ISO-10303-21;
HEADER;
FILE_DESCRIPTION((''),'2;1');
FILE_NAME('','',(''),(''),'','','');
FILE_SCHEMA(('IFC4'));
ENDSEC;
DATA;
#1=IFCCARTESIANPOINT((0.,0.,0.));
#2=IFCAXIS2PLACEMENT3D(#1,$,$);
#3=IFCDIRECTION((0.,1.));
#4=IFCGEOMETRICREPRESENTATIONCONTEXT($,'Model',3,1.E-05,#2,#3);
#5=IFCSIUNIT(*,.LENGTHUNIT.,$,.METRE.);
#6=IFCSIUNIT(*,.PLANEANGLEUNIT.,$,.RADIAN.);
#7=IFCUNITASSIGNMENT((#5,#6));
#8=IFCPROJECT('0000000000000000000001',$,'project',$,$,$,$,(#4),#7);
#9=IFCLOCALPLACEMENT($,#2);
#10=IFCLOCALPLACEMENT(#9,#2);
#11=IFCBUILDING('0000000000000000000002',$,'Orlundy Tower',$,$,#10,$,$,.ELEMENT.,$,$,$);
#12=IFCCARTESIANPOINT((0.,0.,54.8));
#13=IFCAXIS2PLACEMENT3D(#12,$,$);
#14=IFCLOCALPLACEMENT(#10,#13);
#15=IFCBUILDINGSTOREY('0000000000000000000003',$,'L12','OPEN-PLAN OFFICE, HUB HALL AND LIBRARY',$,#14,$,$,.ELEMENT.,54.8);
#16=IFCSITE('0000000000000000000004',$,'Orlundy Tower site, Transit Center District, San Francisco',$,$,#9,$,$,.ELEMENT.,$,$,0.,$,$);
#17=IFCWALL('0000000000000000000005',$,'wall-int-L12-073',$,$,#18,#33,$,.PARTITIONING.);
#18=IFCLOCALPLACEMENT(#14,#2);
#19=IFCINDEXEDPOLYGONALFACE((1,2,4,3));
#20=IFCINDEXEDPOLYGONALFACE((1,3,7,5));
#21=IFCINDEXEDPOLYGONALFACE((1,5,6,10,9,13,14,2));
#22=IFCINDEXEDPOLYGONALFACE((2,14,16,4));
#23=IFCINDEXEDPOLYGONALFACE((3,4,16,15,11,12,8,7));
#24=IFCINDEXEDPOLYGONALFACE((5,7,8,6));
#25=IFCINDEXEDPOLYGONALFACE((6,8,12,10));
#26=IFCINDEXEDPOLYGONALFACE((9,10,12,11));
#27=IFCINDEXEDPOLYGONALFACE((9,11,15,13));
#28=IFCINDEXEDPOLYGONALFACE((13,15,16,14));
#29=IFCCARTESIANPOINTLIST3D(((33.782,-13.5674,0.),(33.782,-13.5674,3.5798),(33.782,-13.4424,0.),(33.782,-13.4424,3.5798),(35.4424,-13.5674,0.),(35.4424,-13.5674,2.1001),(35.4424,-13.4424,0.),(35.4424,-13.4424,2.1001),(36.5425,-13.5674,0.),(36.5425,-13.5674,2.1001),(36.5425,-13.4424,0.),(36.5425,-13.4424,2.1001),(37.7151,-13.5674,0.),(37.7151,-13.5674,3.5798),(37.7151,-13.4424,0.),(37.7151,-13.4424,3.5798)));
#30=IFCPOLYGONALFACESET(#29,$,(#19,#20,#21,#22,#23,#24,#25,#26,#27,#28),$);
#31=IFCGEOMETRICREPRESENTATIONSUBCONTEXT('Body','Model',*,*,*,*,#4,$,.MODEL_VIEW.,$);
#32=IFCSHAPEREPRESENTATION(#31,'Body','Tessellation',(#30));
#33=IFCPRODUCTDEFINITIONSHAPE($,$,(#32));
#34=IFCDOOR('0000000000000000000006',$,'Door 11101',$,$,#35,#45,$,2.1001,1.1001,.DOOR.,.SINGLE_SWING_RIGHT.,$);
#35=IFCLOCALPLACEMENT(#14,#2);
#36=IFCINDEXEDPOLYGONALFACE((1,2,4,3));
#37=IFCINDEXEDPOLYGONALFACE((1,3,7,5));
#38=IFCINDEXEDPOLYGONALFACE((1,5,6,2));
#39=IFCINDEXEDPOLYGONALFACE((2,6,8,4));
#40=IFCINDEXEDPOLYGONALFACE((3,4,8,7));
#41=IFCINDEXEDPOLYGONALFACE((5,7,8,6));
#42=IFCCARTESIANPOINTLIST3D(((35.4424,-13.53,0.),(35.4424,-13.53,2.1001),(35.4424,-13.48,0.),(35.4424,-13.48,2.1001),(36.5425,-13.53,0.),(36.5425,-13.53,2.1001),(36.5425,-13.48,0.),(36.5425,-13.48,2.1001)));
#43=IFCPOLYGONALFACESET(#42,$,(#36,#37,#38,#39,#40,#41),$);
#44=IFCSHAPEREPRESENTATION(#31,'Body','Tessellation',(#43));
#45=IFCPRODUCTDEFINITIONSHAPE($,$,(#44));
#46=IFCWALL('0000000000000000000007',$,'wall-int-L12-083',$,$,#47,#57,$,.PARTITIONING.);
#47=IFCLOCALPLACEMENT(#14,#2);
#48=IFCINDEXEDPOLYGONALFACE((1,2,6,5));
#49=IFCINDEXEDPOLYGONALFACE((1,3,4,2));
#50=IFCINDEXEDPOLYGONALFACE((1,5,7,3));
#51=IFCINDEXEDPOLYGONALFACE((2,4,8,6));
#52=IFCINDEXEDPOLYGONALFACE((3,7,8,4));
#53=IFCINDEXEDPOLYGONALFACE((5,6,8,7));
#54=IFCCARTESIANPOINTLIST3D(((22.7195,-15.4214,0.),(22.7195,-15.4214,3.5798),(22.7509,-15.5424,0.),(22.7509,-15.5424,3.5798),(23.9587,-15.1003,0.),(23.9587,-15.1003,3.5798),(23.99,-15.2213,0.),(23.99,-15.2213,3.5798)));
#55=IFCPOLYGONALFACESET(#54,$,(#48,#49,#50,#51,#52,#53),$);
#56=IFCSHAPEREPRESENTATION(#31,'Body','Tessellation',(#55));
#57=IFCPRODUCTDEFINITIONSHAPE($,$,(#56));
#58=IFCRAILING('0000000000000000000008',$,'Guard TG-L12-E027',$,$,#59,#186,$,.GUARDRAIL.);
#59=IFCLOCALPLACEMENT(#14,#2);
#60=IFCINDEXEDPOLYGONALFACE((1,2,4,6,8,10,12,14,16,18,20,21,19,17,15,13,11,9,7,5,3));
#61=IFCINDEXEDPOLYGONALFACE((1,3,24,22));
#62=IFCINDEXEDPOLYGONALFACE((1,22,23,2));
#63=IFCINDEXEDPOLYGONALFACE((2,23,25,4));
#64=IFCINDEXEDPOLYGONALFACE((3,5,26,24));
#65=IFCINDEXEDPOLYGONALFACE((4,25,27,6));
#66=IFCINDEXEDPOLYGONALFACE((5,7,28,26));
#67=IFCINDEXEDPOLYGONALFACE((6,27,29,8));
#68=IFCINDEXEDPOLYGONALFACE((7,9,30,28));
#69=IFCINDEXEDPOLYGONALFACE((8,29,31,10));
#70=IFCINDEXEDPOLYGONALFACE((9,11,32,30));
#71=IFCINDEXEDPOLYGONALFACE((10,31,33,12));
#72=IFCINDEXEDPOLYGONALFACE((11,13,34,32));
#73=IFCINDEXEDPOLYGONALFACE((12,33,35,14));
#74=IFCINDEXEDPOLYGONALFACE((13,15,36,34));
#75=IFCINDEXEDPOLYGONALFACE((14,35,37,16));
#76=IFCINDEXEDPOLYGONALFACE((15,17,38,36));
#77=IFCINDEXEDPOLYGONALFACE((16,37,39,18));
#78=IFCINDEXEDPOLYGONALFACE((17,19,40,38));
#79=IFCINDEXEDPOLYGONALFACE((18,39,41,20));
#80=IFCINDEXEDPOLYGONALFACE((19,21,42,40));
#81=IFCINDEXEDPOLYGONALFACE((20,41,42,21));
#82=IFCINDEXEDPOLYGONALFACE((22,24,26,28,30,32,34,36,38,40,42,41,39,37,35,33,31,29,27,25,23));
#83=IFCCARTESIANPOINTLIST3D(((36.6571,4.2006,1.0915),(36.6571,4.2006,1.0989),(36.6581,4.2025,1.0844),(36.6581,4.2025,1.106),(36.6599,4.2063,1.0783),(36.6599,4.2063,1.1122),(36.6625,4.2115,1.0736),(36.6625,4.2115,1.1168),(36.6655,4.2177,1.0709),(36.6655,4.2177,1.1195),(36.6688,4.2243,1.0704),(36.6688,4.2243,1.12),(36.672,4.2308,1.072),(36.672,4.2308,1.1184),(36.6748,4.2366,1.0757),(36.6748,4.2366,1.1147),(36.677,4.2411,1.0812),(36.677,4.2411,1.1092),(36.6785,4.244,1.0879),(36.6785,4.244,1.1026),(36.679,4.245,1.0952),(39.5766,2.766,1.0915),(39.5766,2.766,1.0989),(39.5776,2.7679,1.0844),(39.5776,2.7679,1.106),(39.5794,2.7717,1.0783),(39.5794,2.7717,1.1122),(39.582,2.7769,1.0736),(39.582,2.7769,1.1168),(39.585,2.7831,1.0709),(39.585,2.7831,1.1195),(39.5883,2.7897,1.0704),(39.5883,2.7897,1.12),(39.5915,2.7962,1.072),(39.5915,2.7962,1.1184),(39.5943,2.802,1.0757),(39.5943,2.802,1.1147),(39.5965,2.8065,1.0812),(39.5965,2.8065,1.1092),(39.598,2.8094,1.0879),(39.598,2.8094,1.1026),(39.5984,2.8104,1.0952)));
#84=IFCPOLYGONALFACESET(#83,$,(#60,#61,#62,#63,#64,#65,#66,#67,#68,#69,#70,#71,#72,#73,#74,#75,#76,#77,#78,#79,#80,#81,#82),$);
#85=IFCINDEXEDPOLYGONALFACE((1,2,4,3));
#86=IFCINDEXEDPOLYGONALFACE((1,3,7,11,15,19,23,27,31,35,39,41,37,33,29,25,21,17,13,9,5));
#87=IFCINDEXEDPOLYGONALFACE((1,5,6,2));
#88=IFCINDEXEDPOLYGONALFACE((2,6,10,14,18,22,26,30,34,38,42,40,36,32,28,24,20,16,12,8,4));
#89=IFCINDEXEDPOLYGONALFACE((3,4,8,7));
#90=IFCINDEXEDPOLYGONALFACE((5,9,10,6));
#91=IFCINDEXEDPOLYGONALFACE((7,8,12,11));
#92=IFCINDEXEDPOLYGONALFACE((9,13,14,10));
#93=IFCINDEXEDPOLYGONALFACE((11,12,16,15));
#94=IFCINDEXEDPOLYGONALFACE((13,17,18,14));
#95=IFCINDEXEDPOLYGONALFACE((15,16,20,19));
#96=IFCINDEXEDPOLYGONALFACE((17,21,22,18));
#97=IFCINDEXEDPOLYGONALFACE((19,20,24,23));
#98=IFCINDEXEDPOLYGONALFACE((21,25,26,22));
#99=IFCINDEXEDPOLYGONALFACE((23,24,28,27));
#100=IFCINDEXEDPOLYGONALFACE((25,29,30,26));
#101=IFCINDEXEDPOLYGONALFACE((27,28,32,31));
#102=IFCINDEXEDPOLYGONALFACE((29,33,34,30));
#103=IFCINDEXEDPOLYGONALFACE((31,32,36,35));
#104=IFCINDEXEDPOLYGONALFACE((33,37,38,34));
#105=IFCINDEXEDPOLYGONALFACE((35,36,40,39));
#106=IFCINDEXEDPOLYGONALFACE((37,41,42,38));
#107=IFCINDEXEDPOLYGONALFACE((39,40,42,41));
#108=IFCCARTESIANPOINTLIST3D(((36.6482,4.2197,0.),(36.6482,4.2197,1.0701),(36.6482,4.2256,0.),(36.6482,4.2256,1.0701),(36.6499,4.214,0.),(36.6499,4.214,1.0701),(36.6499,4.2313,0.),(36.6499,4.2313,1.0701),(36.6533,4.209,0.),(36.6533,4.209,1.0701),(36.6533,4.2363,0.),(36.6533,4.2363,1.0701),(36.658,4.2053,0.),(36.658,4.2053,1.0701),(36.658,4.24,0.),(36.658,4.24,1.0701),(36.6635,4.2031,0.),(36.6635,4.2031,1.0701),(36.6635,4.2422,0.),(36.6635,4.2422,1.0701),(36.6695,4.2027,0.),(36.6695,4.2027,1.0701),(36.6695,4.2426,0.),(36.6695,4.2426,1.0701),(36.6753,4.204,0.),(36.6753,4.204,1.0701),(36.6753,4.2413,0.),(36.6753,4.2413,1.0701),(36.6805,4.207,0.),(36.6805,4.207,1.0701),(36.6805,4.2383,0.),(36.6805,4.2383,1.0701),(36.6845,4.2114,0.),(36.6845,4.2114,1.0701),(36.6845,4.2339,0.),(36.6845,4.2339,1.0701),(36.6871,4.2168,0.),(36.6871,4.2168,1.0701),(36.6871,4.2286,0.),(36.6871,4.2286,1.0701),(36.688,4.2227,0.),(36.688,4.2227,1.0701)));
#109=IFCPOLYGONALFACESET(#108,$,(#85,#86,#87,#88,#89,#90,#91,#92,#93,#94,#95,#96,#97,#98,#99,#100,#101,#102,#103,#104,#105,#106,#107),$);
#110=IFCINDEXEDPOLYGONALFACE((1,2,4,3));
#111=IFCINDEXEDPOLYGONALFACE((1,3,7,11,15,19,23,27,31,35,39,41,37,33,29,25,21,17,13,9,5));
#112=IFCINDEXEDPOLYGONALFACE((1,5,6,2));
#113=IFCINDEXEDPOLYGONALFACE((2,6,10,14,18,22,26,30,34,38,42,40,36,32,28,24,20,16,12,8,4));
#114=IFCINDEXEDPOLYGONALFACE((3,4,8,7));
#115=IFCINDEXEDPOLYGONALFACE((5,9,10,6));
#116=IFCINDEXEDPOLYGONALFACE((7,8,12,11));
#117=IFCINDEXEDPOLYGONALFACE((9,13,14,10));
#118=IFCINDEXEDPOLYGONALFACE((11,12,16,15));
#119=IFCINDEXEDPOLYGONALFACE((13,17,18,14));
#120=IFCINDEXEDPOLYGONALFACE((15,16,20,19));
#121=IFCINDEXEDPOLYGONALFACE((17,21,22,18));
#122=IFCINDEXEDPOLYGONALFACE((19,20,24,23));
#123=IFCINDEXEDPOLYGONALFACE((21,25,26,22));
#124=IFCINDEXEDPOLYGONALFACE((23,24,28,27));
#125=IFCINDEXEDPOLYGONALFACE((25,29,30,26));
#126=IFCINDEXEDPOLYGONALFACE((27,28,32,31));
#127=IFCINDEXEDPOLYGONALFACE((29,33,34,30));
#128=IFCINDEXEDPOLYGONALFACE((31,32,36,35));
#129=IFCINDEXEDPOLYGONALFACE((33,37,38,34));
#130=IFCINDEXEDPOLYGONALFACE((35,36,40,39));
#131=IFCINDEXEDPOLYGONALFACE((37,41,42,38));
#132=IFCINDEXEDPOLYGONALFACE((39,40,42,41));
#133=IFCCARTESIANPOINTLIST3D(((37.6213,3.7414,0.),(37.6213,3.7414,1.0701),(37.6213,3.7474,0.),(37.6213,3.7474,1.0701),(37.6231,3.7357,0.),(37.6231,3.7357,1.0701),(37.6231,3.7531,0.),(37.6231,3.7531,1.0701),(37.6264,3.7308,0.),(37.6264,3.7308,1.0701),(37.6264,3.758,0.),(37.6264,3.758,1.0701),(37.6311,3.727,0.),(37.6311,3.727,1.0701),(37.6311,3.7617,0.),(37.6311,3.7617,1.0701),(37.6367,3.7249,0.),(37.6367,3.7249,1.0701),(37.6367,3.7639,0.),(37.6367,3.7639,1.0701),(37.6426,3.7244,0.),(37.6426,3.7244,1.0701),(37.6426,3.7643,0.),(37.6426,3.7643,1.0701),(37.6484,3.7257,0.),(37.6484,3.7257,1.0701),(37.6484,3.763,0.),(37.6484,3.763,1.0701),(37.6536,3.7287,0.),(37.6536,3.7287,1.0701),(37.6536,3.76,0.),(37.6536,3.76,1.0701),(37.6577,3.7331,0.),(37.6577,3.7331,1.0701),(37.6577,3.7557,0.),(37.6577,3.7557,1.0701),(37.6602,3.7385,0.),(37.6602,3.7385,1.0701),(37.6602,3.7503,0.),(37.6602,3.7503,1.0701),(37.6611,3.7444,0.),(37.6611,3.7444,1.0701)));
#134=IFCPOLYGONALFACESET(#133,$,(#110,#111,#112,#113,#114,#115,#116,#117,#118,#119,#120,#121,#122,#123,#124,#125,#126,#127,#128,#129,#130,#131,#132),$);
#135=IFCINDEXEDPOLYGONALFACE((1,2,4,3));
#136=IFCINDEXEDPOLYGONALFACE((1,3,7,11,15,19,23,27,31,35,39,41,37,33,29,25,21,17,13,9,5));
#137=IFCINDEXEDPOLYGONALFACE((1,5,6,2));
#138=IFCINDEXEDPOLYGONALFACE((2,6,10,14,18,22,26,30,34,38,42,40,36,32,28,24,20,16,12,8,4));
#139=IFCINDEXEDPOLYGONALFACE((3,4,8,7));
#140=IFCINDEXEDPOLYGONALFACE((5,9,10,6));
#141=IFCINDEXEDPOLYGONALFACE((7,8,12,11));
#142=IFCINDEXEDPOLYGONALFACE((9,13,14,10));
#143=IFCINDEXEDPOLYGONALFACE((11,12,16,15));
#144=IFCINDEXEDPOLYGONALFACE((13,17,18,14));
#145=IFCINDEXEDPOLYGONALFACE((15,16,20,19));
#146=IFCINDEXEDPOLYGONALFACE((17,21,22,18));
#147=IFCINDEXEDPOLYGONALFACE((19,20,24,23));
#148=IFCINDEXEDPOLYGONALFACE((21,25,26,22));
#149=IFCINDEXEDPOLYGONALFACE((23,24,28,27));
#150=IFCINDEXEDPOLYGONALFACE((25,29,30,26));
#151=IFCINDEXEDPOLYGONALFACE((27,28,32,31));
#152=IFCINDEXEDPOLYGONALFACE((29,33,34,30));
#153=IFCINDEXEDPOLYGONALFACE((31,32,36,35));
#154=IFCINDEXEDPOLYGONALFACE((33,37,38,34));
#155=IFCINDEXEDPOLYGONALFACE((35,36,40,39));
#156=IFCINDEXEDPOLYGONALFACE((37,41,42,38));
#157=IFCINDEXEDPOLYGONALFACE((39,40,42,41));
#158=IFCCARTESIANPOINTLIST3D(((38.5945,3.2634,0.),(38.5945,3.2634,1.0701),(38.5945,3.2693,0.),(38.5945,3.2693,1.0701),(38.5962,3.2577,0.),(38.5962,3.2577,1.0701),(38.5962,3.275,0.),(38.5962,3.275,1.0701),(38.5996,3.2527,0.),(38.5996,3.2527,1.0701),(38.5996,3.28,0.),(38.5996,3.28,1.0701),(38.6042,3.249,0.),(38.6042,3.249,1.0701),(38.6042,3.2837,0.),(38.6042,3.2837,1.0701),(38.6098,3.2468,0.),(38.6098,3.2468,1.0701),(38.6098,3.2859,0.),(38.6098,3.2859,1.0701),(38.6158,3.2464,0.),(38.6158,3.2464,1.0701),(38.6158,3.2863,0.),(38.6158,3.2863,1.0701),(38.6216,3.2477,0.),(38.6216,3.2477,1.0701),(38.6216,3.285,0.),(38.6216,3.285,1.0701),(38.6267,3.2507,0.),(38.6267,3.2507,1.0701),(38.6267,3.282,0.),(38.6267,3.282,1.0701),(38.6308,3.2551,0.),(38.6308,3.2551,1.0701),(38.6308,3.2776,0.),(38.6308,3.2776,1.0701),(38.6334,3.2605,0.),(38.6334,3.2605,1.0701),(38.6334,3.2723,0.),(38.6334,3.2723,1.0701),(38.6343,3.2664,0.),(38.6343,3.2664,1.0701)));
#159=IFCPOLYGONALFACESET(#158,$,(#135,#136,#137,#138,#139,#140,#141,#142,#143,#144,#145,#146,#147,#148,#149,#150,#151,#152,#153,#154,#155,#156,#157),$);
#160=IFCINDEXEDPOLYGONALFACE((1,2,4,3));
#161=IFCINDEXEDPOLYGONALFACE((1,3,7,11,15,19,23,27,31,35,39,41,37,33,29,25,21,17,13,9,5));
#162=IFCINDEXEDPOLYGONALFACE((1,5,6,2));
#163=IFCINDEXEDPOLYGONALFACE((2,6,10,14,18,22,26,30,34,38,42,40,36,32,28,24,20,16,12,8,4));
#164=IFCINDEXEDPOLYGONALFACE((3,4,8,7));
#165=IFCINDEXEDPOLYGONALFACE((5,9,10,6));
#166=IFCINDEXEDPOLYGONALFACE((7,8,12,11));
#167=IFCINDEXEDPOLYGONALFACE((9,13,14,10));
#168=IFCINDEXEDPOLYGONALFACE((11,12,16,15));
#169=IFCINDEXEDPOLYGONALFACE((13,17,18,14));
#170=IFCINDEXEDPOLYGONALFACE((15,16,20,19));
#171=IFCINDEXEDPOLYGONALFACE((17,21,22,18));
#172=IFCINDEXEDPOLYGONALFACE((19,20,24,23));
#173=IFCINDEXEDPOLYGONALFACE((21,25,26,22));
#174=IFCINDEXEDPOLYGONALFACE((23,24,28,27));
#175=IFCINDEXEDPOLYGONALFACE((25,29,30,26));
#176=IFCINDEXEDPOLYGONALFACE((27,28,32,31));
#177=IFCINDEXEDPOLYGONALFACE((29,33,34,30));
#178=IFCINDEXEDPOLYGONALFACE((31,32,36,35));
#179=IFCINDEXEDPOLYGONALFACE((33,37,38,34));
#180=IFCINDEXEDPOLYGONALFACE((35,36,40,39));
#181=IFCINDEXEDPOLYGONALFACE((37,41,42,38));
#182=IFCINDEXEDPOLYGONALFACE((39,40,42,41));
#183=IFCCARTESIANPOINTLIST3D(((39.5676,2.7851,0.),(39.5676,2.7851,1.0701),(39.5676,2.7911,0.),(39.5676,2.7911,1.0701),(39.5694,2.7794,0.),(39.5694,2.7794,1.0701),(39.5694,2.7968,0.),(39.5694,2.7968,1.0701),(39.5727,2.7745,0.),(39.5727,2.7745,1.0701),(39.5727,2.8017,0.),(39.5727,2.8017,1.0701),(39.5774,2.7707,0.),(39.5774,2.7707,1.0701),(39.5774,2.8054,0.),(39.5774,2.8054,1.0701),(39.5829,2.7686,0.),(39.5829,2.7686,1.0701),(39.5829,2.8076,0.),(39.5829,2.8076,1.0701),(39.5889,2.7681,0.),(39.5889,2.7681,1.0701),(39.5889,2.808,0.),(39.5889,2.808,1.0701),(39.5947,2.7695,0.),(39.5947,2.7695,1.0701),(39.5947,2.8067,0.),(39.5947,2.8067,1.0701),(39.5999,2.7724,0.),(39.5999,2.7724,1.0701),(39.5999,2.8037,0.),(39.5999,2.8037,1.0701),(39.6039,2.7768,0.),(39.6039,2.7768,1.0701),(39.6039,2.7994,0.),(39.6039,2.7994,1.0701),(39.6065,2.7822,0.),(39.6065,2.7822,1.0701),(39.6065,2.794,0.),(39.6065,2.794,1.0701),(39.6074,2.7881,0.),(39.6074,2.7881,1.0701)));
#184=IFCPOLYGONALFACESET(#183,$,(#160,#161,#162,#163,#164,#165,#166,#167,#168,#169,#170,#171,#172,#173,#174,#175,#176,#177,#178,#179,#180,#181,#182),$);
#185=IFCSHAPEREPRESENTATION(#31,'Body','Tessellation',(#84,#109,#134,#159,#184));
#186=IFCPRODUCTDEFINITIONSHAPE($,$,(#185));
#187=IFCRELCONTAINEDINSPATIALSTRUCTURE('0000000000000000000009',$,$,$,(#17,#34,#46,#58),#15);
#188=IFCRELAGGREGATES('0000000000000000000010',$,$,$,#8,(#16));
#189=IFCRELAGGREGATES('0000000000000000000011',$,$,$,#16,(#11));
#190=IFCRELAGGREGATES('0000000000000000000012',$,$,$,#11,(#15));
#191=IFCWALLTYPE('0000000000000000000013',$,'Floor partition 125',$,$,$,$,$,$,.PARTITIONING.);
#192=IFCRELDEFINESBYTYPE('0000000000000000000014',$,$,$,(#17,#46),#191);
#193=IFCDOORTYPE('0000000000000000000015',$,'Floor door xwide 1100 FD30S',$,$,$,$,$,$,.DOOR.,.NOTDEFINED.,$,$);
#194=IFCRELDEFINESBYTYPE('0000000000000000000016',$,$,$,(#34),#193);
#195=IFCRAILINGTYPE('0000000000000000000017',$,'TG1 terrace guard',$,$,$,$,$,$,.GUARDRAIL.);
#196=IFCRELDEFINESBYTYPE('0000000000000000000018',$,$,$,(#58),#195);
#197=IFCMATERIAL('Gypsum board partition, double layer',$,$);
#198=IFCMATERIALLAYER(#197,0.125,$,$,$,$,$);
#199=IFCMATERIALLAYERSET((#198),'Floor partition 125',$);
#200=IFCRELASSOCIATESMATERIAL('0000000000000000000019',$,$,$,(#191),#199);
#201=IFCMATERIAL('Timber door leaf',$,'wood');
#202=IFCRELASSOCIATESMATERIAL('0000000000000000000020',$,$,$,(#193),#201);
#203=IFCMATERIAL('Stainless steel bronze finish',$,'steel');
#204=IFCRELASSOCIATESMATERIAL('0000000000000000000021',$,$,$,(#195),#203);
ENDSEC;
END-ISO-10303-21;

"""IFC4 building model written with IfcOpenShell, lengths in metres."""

from ifc_helpers import new_model, si_unit, direction, frame, frame_2d, origin, origin_2d, place, context, subcontext, project, spatial, rectangle, circle, extrude, material, layer, layer_set, type_object, element, fill, save


model = new_model("IFC4")

# Units and contexts
model_context = context("Model", 3, precision=1e-05, world=origin(), true_north=direction((0.0, 1.0)))
body_context = subcontext(model_context, "Body", "Model", "MODEL_VIEW")
ifc_project = project(units=[si_unit("LENGTHUNIT", "METRE"), si_unit("PLANEANGLEUNIT", "RADIAN")], contexts=[model_context])

# Site, building, storey
site_placement = place(None, origin())
site = spatial("IfcSite", under=ifc_project, at=site_placement, Name="Orlundy Tower site, Transit Center District, San Francisco", CompositionType="ELEMENT", RefElevation=0.0)
building_placement = place(site_placement, origin())
building = spatial("IfcBuilding", under=site, at=building_placement, Name="Orlundy Tower", CompositionType="ELEMENT")
storey_placement = place(building_placement, frame((0.0, 0.0, 54.8)))
storey = spatial("IfcBuildingStorey", under=building, at=storey_placement, Name="L12", Description="OPEN-PLAN OFFICE, HUB HALL AND LIBRARY", CompositionType="ELEMENT", Elevation=54.8)

# Shared definitions
ifc_material_1 = material(Name="Gypsum board partition, double layer")
ifc_layer_1 = layer(ifc_material_1, 0.125)
ifc_layer_set_1 = layer_set([ifc_layer_1], Name="Floor partition 125")
wall_type_1 = type_object("IfcWallType", Name="Floor partition 125", PredefinedType="PARTITIONING", material=ifc_layer_set_1)

# Wall, opening, door
wall_1_placement = place(storey_placement, frame((33.782, -13.5049, 0.0), z_axis=(0.0, 0.0, 1.0), x_axis=(1.0, 0.0, 0.0)))
wall_1 = element("IfcWall", 1, at=wall_1_placement, inside=storey, type_object=wall_type_1, Name="wall-int-L12-073", PredefinedType="PARTITIONING", context=body_context, shape_type="SweptSolid", body=[
    extrude(rectangle(XDim=3.9331, YDim=0.125, at=frame_2d((1.9666, 0.0))), origin(), (0.0, 0.0, 1.0), 3.5798),
])
opening_placement = place(wall_1_placement, frame((1.6604, 0.0, 0.0)))
opening = element("IfcOpeningElement", 2, at=opening_placement, cuts=wall_1, PredefinedType="OPENING", context=body_context, shape_type="SweptSolid", body=[
    extrude(rectangle(XDim=1.1001, YDim=2.1001, at=frame_2d((0.55, 1.05))), frame((0.0, 0.0725, 0.0), z_axis=(0.0, -1.0, 0.0), x_axis=(1.0, 0.0, 0.0)), (0.0, 0.0, 1.0), 0.145),
])
ifc_material_2 = material(Name="Timber door leaf", Category="wood")
door_type = type_object("IfcDoorType", Name="Floor door xwide 1100 FD30S", OperationType="NOTDEFINED", PredefinedType="DOOR", material=ifc_material_2)
door_placement = place(opening_placement, origin())
door = element("IfcDoor", 3, at=door_placement, inside=storey, type_object=door_type, Name="Door 11101", OperationType="SINGLE_SWING_RIGHT", OverallHeight=2.1001, OverallWidth=1.1001, PredefinedType="DOOR", context=body_context, shape_type="SweptSolid", body=[
    extrude(rectangle(XDim=1.1001, YDim=2.1001, at=frame_2d((0.55, 1.05))), frame((0.0, 0.0249, 0.0), z_axis=(0.0, -1.0, 0.0), x_axis=(1.0, 0.0, 0.0)), (0.0, 0.0, 1.0), 0.05),
])
fill(opening, door)

# Wall
wall_2_placement = place(storey_placement, frame((22.7351, -15.4819, 0.0), z_axis=(0.0, 0.0, 1.0), x_axis=(0.968031, 0.25083, 0.0)))
element("IfcWall", 4, at=wall_2_placement, inside=storey, type_object=wall_type_1, Name="wall-int-L12-083", PredefinedType="PARTITIONING", context=body_context, shape_type="SweptSolid", body=[
    extrude(rectangle(XDim=1.28, YDim=0.125, at=frame_2d((0.6401, 0.0))), origin(), (0.0, 0.0, 1.0), 3.5798),
])

# Railing
ifc_material_3 = material(Name="Stainless steel bronze finish", Category="steel")
railing_type = type_object("IfcRailingType", Name="TG1 terrace guard", PredefinedType="GUARDRAIL", material=ifc_material_3)
railing_placement = place(storey_placement, frame((36.668, 4.2227, 0.0)))
element("IfcRailing", 5, at=railing_placement, inside=storey, type_object=railing_type, Name="Guard TG-L12-E027", PredefinedType="GUARDRAIL", context=body_context, shape_type="SweptSolid", body=[
    extrude(circle(Radius=0.0249, at=origin_2d()), frame((0.0, 0.0, 1.0952), z_axis=(0.897498, -0.441018, 0.0), x_axis=(0.441018, 0.897498, 0.0)), (0.0, 0.0, 1.0), 3.2529),
    extrude(circle(Radius=0.02, at=origin_2d()), origin(), (0.0, 0.0, 1.0), 1.0701),
    extrude(circle(Radius=0.02, at=origin_2d()), frame((0.9731, -0.4783, 0.0)), (0.0, 0.0, 1.0), 1.0701),
    extrude(circle(Radius=0.02, at=origin_2d()), frame((1.9463, -0.9563, 0.0)), (0.0, 0.0, 1.0), 1.0701),
    extrude(circle(Radius=0.02, at=origin_2d()), frame((2.9194, -1.4346, 0.0)), (0.0, 0.0, 1.0), 1.0701),
])

save(model, "model.ifc")
